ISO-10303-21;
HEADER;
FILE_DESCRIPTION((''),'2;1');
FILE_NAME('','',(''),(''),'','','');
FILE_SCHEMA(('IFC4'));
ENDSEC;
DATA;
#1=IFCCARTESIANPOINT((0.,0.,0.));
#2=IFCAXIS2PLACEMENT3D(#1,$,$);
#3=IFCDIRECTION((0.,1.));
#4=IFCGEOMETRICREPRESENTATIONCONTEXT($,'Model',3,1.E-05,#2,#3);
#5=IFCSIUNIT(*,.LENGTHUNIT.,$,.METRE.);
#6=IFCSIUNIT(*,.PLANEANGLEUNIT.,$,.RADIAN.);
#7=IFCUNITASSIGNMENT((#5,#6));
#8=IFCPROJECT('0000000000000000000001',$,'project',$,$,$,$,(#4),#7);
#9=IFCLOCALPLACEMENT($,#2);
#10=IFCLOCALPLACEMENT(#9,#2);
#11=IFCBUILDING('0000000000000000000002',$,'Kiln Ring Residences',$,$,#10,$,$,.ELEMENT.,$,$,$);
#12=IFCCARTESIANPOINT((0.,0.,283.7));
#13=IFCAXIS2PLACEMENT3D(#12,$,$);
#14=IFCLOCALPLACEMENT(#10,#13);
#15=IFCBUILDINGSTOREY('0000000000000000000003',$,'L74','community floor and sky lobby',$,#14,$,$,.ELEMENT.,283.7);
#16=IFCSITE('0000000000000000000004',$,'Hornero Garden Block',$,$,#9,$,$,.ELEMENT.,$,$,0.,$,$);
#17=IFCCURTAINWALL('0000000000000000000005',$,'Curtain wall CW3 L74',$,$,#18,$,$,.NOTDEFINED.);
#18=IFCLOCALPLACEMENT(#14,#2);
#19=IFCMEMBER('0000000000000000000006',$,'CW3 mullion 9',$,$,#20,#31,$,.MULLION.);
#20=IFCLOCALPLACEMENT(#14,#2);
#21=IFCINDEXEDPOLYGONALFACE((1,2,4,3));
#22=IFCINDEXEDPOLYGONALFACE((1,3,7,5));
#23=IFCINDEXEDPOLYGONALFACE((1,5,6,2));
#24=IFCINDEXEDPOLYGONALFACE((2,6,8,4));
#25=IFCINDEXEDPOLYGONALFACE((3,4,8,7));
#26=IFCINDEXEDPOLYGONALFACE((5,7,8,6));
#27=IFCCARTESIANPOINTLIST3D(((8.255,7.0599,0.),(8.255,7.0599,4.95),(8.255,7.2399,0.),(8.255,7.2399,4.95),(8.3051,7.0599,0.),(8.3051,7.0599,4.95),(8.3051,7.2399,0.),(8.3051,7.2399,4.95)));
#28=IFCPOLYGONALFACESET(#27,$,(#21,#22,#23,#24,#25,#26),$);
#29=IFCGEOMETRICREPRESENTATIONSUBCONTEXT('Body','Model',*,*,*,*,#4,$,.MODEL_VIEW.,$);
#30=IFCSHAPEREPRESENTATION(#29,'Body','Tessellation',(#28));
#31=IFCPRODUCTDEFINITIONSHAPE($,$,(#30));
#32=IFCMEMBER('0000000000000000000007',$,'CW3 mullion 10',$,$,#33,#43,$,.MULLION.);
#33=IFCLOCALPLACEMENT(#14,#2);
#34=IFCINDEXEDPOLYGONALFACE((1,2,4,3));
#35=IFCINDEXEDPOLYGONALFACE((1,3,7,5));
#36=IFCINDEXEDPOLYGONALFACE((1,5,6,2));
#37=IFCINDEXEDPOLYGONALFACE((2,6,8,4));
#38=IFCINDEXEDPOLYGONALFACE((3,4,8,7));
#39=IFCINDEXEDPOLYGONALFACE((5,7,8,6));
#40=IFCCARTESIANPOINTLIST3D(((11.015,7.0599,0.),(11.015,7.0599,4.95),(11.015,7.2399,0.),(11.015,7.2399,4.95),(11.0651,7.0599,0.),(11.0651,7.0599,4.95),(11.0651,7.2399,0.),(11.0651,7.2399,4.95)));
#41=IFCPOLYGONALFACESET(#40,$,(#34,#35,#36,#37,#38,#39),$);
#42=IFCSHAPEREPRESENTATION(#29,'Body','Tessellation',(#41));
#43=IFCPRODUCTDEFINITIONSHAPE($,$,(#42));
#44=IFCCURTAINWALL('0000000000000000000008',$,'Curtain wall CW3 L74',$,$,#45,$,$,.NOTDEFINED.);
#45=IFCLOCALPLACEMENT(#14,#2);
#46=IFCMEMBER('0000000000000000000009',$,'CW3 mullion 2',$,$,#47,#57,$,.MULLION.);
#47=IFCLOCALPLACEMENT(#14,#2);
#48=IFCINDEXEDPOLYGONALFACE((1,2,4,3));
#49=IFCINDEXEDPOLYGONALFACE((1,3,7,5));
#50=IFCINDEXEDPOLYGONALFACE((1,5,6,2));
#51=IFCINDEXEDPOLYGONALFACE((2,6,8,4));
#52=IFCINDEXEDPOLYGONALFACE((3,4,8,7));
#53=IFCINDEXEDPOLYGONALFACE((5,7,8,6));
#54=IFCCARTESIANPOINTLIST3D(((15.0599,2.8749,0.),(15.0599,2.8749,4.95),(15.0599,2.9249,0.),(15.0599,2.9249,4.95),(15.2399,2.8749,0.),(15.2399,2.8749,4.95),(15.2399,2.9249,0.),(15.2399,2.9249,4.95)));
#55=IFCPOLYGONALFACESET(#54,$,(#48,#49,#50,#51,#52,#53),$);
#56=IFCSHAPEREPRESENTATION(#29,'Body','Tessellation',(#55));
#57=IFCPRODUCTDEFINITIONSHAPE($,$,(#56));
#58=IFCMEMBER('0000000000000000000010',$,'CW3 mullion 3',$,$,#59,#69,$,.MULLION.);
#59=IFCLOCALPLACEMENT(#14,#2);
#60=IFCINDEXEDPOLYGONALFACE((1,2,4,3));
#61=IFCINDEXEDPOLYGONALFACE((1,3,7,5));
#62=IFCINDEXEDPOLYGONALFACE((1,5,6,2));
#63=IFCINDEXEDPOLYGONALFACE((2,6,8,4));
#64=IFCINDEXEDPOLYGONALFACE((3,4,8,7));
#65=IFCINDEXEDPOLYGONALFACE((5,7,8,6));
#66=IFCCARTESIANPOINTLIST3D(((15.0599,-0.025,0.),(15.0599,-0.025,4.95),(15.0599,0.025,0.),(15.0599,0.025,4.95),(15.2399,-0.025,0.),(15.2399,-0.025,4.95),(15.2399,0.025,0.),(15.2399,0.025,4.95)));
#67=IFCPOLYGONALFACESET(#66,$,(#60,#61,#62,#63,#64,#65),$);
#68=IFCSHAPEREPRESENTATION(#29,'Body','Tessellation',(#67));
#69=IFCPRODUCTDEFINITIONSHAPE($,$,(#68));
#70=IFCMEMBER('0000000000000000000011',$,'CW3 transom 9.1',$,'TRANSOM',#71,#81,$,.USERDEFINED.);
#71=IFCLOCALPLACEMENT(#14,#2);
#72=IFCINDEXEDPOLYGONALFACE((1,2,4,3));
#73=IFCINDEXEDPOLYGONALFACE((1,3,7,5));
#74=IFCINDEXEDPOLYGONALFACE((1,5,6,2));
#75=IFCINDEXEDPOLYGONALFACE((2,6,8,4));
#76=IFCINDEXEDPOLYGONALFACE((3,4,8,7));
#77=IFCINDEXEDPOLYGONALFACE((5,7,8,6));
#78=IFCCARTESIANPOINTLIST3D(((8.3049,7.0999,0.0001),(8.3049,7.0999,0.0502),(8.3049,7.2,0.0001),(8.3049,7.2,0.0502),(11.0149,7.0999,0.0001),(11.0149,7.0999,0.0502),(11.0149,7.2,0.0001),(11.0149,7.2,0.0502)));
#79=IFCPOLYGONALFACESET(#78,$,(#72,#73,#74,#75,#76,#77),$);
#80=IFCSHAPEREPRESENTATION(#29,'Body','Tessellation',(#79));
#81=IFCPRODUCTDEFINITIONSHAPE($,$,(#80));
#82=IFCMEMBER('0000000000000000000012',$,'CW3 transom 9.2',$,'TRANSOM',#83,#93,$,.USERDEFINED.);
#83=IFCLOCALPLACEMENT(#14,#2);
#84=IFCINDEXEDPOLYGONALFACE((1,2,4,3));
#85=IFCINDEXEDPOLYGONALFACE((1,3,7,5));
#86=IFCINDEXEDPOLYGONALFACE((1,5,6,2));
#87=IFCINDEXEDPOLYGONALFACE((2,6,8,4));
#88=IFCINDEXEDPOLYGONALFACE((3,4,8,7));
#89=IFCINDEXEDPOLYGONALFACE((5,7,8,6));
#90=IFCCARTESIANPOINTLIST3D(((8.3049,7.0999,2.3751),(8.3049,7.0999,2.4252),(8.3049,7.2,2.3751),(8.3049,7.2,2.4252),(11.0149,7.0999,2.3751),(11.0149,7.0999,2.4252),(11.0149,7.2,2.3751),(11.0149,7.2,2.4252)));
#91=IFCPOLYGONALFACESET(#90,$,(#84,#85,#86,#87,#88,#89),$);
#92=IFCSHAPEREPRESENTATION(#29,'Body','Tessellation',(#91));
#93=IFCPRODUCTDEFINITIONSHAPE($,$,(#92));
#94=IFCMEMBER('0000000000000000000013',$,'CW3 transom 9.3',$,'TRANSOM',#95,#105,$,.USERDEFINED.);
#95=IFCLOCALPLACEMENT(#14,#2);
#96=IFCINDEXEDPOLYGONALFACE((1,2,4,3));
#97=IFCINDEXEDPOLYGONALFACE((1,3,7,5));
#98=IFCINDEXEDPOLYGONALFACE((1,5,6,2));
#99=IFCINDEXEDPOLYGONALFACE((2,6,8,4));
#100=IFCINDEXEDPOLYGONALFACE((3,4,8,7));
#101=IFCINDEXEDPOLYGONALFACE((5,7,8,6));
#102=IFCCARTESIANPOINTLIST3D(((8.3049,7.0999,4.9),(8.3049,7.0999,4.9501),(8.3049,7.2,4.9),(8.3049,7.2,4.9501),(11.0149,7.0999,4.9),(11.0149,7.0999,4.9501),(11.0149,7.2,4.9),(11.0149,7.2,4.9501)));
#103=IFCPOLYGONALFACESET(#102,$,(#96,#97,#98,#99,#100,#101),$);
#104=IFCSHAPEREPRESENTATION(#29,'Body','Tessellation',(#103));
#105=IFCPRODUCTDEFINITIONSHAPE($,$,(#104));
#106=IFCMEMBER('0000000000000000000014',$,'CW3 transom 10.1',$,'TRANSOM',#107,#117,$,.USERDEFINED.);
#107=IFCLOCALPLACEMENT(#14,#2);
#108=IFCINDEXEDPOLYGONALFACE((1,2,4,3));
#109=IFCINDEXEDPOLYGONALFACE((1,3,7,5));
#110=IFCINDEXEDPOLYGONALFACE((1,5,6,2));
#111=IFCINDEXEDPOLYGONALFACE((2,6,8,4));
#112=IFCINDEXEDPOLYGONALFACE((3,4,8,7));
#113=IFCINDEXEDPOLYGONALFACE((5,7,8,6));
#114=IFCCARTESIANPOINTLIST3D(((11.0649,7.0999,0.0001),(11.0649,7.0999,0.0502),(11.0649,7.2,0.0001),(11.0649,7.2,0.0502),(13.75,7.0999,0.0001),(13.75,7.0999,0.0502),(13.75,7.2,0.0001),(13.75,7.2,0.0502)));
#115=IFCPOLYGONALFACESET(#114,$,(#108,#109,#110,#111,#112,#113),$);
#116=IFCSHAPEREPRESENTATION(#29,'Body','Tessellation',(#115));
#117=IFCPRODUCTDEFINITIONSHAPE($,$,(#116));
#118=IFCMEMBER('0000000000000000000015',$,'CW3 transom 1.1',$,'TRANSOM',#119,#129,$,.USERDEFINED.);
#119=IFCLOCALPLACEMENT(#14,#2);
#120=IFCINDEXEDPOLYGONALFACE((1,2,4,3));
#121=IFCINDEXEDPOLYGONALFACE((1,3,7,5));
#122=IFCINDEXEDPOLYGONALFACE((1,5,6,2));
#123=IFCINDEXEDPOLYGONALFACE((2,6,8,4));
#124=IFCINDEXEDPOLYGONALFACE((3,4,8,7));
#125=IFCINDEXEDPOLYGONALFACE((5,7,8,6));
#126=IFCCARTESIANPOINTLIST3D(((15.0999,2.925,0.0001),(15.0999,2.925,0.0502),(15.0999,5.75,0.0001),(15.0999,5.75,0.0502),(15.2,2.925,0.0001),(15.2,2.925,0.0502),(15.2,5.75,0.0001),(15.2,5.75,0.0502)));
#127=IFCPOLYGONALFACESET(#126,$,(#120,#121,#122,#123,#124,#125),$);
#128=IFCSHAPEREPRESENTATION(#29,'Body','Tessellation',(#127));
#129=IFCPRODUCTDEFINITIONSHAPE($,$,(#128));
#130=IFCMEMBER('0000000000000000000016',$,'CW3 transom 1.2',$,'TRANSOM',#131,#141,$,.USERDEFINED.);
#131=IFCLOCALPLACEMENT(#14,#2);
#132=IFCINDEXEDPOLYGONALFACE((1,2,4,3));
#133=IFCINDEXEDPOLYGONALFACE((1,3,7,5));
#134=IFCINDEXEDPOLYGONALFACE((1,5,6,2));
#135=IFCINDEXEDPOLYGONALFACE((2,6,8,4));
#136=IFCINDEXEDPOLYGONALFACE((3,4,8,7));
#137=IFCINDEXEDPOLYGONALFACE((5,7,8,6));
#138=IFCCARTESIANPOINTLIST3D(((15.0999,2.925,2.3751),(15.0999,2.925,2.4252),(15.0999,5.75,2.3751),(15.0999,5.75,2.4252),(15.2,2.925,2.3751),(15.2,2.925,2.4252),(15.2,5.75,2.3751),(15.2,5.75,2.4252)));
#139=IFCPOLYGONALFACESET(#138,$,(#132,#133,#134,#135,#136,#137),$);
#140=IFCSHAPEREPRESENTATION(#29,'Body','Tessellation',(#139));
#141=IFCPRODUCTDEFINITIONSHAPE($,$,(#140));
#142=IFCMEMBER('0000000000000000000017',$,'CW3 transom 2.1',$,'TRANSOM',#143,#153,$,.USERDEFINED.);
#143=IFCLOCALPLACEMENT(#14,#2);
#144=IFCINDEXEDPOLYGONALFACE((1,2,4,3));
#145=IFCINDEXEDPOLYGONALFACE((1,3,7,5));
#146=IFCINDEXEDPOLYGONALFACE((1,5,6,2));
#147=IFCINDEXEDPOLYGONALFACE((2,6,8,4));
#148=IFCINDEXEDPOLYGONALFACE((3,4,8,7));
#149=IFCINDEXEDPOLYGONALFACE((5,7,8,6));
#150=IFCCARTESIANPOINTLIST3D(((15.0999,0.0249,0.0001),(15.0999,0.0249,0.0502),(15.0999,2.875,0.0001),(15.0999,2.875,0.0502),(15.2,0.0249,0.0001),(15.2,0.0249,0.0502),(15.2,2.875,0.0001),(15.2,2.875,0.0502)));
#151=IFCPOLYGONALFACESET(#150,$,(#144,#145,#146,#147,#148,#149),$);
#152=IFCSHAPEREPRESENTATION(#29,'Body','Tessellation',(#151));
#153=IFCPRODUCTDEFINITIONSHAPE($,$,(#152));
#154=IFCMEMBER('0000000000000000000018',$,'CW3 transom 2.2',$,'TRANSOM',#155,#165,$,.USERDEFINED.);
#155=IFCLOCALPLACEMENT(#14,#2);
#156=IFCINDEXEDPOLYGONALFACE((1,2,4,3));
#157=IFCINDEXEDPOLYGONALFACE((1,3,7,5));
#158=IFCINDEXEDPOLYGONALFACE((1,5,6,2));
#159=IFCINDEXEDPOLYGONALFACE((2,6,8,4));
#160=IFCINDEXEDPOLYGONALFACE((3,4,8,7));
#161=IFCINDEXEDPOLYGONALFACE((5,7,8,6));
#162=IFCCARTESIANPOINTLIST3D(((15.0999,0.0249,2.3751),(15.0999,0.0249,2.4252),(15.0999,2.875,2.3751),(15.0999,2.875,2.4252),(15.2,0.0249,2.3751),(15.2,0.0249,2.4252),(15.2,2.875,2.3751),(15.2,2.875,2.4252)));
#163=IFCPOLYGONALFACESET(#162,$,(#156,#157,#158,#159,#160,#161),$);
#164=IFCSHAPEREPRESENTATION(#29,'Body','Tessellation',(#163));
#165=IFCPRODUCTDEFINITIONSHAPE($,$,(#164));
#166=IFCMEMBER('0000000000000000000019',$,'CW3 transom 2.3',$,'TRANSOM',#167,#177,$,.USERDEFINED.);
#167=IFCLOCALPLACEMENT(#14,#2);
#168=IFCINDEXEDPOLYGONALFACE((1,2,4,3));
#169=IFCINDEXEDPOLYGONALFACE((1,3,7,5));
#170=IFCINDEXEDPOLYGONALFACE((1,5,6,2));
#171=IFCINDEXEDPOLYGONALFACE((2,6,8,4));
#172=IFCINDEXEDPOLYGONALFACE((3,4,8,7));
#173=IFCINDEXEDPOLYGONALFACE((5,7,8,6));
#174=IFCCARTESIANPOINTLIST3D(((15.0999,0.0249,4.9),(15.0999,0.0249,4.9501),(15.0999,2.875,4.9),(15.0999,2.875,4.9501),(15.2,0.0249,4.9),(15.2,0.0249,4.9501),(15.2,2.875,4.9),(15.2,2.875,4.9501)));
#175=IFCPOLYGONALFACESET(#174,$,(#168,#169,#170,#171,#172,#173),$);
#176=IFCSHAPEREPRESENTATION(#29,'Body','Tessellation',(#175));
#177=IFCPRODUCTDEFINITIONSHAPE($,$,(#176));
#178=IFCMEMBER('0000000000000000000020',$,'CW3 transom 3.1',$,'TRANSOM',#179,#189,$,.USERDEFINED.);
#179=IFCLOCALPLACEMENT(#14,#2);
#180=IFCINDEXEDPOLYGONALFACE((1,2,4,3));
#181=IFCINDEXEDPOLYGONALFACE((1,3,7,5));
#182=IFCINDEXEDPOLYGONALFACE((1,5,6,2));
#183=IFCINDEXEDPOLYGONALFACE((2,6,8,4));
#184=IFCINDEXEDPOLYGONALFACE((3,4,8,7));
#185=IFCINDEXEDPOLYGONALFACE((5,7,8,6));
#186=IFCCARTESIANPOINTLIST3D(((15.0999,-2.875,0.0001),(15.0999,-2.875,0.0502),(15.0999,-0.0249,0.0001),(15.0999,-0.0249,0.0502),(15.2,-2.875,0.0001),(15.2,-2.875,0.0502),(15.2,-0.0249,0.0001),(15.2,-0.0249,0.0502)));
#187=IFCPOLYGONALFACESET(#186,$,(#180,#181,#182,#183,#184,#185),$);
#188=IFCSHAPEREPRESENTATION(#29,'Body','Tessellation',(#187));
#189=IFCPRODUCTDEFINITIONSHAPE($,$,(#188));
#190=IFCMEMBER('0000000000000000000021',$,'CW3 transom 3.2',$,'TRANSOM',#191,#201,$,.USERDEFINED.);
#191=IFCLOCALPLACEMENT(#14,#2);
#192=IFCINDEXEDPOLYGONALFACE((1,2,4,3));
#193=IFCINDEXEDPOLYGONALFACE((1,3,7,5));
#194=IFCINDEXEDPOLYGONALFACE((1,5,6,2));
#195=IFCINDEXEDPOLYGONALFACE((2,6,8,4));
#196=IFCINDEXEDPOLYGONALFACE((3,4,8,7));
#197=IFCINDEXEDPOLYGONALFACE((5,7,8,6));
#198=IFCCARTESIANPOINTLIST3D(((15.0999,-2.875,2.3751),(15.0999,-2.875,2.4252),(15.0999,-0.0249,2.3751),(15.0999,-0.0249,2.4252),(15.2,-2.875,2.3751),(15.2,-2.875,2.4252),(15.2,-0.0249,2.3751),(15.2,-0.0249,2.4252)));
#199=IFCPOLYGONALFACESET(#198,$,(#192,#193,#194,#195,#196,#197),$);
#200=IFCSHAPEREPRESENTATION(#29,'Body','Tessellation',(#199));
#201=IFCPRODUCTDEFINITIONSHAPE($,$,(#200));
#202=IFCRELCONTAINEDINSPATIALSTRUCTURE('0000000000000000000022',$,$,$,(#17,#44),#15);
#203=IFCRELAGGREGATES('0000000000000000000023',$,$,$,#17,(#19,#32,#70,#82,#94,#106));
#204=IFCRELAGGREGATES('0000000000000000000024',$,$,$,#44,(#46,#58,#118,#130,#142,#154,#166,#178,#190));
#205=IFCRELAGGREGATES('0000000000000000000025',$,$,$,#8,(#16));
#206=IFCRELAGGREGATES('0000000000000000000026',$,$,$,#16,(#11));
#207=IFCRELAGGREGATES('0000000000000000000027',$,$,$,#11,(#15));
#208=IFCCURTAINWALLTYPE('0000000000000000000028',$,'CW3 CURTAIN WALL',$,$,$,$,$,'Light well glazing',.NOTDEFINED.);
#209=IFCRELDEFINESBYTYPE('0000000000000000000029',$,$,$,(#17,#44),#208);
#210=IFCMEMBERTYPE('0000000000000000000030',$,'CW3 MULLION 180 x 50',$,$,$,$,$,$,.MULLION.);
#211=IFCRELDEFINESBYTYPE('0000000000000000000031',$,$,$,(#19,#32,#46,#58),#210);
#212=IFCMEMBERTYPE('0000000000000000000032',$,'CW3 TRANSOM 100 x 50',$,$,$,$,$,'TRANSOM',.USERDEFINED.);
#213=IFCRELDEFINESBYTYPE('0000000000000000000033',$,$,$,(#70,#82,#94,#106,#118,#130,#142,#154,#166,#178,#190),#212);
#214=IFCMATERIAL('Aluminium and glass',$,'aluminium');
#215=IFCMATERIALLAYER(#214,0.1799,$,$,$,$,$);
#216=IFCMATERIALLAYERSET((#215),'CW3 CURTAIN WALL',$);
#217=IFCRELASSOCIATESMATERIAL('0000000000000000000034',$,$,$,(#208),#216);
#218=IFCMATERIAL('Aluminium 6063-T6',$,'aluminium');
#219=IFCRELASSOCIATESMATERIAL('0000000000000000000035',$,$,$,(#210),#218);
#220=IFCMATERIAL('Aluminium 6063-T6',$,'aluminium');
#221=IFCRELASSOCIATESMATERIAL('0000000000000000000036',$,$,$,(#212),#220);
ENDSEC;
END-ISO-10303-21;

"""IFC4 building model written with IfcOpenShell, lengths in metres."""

from ifc_helpers import new_model, si_unit, direction, frame, origin, origin_2d, place, context, subcontext, project, spatial, rectangle, extrude, material, layer, layer_set, material_profile, profile_set, type_object, element, aggregate, save


model = new_model("IFC4")

# Units and contexts
model_context = context("Model", 3, precision=1e-05, world=origin(), true_north=direction((0.0, 1.0)))
body_context = subcontext(model_context, "Body", "Model", "MODEL_VIEW")
ifc_project = project(units=[si_unit("LENGTHUNIT", "METRE"), si_unit("PLANEANGLEUNIT", "RADIAN")], contexts=[model_context])

# Site, building, storey
site_placement = place(None, origin())
site = spatial("IfcSite", under=ifc_project, at=site_placement, Name="Hornero Garden Block", CompositionType="ELEMENT", RefElevation=0.0)
building_placement = place(site_placement, origin())
building = spatial("IfcBuilding", under=site, at=building_placement, Name="Kiln Ring Residences", CompositionType="ELEMENT")
storey_placement = place(building_placement, frame((0.0, 0.0, 283.7)))
storey = spatial("IfcBuildingStorey", under=building, at=storey_placement, Name="L74", Description="community floor and sky lobby", CompositionType="ELEMENT", Elevation=283.7)

# Curtain walls, members
ifc_material_1 = material(Name="Aluminium and glass", Category="aluminium")
ifc_layer_1 = layer(ifc_material_1, 0.1799)
ifc_layer_set_1 = layer_set([ifc_layer_1], Name="CW3 CURTAIN WALL")
curtain_wall_type = type_object("IfcCurtainWallType", Name="CW3 CURTAIN WALL", ElementType="Light well glazing", PredefinedType="NOTDEFINED", material=ifc_layer_set_1)
placement = place(storey_placement, origin())
curtain_wall_1 = element("IfcCurtainWall", 1, at=placement, inside=storey, type_object=curtain_wall_type, Name="Curtain wall CW3 L74", PredefinedType="NOTDEFINED")
ifc_material_2 = material(Name="Aluminium 6063-T6", Category="aluminium")
ifc_material_profile_1 = material_profile(ifc_material_2, rectangle(XDim=0.1799, YDim=0.05, at=origin_2d()), Name="AL 180x50")
ifc_profile_set_1 = profile_set([ifc_material_profile_1], Name="Aluminium 6063-T6")
member_type_1 = type_object("IfcMemberType", Name="CW3 MULLION 180 x 50", PredefinedType="MULLION", material=ifc_profile_set_1)
member_1_placement = place(storey_placement, frame((8.28, 7.1499, 0.0), z_axis=(0.0, 0.0, 1.0), x_axis=(0.0, 1.0, 0.0)))
member_1 = element("IfcMember", 2, at=member_1_placement, type_object=member_type_1, Name="CW3 mullion 9", PredefinedType="MULLION", context=body_context, shape_type="SweptSolid", body=[
    extrude(rectangle(XDim=0.1799, YDim=0.05, at=origin_2d()), origin(), (0.0, 0.0, 1.0), 4.95),
])
member_2_placement = place(storey_placement, frame((11.04, 7.1499, 0.0), z_axis=(0.0, 0.0, 1.0), x_axis=(0.0, 1.0, 0.0)))
member_2 = element("IfcMember", 3, at=member_2_placement, type_object=member_type_1, Name="CW3 mullion 10", PredefinedType="MULLION", context=body_context, shape_type="SweptSolid", body=[
    extrude(rectangle(XDim=0.1799, YDim=0.05, at=origin_2d()), origin(), (0.0, 0.0, 1.0), 4.95),
])
curtain_wall_2 = element("IfcCurtainWall", 4, at=placement, inside=storey, type_object=curtain_wall_type, Name="Curtain wall CW3 L74", PredefinedType="NOTDEFINED")
member_3_placement = place(storey_placement, frame((15.1499, 2.8999, 0.0), z_axis=(0.0, 0.0, 1.0), x_axis=(1.0, 0.0, 0.0)))
member_3 = element("IfcMember", 5, at=member_3_placement, type_object=member_type_1, Name="CW3 mullion 2", PredefinedType="MULLION", context=body_context, shape_type="SweptSolid", body=[
    extrude(rectangle(XDim=0.1799, YDim=0.05, at=origin_2d()), origin(), (0.0, 0.0, 1.0), 4.95),
])
member_4_placement = place(storey_placement, frame((15.1499, 0.0, 0.0), z_axis=(0.0, 0.0, 1.0), x_axis=(1.0, 0.0, 0.0)))
member_4 = element("IfcMember", 6, at=member_4_placement, type_object=member_type_1, Name="CW3 mullion 3", PredefinedType="MULLION", context=body_context, shape_type="SweptSolid", body=[
    extrude(rectangle(XDim=0.1799, YDim=0.05, at=origin_2d()), origin(), (0.0, 0.0, 1.0), 4.95),
])

# Members
ifc_material_3 = material(Name="Aluminium 6063-T6", Category="aluminium")
ifc_material_profile_2 = material_profile(ifc_material_3, rectangle(XDim=0.1001, YDim=0.05, at=origin_2d()), Name="AL 100x50")
ifc_profile_set_2 = profile_set([ifc_material_profile_2], Name="Aluminium 6063-T6")
member_type_2 = type_object("IfcMemberType", Name="CW3 TRANSOM 100 x 50", ElementType="TRANSOM", PredefinedType="USERDEFINED", material=ifc_profile_set_2)
member_5_placement = place(storey_placement, frame((8.3049, 7.1499, 0.0251), z_axis=(1.0, 0.0, 0.0), x_axis=(0.0, 1.0, 0.0)))
member_5 = element("IfcMember", 7, at=member_5_placement, type_object=member_type_2, Name="CW3 transom 9.1", ObjectType="TRANSOM", PredefinedType="USERDEFINED", context=body_context, shape_type="SweptSolid", body=[
    extrude(rectangle(XDim=0.1001, YDim=0.05, at=origin_2d()), origin(), (0.0, 0.0, 1.0), 2.71),
])
member_6_placement = place(storey_placement, frame((8.3049, 7.1499, 2.4001), z_axis=(1.0, 0.0, 0.0), x_axis=(0.0, 1.0, 0.0)))
member_6 = element("IfcMember", 8, at=member_6_placement, type_object=member_type_2, Name="CW3 transom 9.2", ObjectType="TRANSOM", PredefinedType="USERDEFINED", context=body_context, shape_type="SweptSolid", body=[
    extrude(rectangle(XDim=0.1001, YDim=0.05, at=origin_2d()), origin(), (0.0, 0.0, 1.0), 2.71),
])
member_7_placement = place(storey_placement, frame((8.3049, 7.1499, 4.925), z_axis=(1.0, 0.0, 0.0), x_axis=(0.0, 1.0, 0.0)))
member_7 = element("IfcMember", 9, at=member_7_placement, type_object=member_type_2, Name="CW3 transom 9.3", ObjectType="TRANSOM", PredefinedType="USERDEFINED", context=body_context, shape_type="SweptSolid", body=[
    extrude(rectangle(XDim=0.1001, YDim=0.05, at=origin_2d()), origin(), (0.0, 0.0, 1.0), 2.71),
])
member_8_placement = place(storey_placement, frame((11.0649, 7.1499, 0.0251), z_axis=(1.0, 0.0, 0.0), x_axis=(0.0, 1.0, 0.0)))
member_8 = element("IfcMember", 10, at=member_8_placement, type_object=member_type_2, Name="CW3 transom 10.1", ObjectType="TRANSOM", PredefinedType="USERDEFINED", context=body_context, shape_type="SweptSolid", body=[
    extrude(rectangle(XDim=0.1001, YDim=0.05, at=origin_2d()), origin(), (0.0, 0.0, 1.0), 2.6851),
])
member_9_placement = place(storey_placement, frame((15.1499, 5.75, 0.0251), z_axis=(0.0, -1.0, 0.0), x_axis=(1.0, 0.0, 0.0)))
member_9 = element("IfcMember", 11, at=member_9_placement, type_object=member_type_2, Name="CW3 transom 1.1", ObjectType="TRANSOM", PredefinedType="USERDEFINED", context=body_context, shape_type="SweptSolid", body=[
    extrude(rectangle(XDim=0.1001, YDim=0.05, at=origin_2d()), origin(), (0.0, 0.0, 1.0), 2.825),
])
member_10_placement = place(storey_placement, frame((15.1499, 5.75, 2.4001), z_axis=(0.0, -1.0, 0.0), x_axis=(1.0, 0.0, 0.0)))
member_10 = element("IfcMember", 12, at=member_10_placement, type_object=member_type_2, Name="CW3 transom 1.2", ObjectType="TRANSOM", PredefinedType="USERDEFINED", context=body_context, shape_type="SweptSolid", body=[
    extrude(rectangle(XDim=0.1001, YDim=0.05, at=origin_2d()), origin(), (0.0, 0.0, 1.0), 2.825),
])
member_11_placement = place(storey_placement, frame((15.1499, 2.875, 0.0251), z_axis=(0.0, -1.0, 0.0), x_axis=(1.0, 0.0, 0.0)))
member_11 = element("IfcMember", 13, at=member_11_placement, type_object=member_type_2, Name="CW3 transom 2.1", ObjectType="TRANSOM", PredefinedType="USERDEFINED", context=body_context, shape_type="SweptSolid", body=[
    extrude(rectangle(XDim=0.1001, YDim=0.05, at=origin_2d()), origin(), (0.0, 0.0, 1.0), 2.8501),
])
member_12_placement = place(storey_placement, frame((15.1499, 2.875, 2.4001), z_axis=(0.0, -1.0, 0.0), x_axis=(1.0, 0.0, 0.0)))
member_12 = element("IfcMember", 14, at=member_12_placement, type_object=member_type_2, Name="CW3 transom 2.2", ObjectType="TRANSOM", PredefinedType="USERDEFINED", context=body_context, shape_type="SweptSolid", body=[
    extrude(rectangle(XDim=0.1001, YDim=0.05, at=origin_2d()), origin(), (0.0, 0.0, 1.0), 2.8501),
])
member_13_placement = place(storey_placement, frame((15.1499, 2.875, 4.925), z_axis=(0.0, -1.0, 0.0), x_axis=(1.0, 0.0, 0.0)))
member_13 = element("IfcMember", 15, at=member_13_placement, type_object=member_type_2, Name="CW3 transom 2.3", ObjectType="TRANSOM", PredefinedType="USERDEFINED", context=body_context, shape_type="SweptSolid", body=[
    extrude(rectangle(XDim=0.1001, YDim=0.05, at=origin_2d()), origin(), (0.0, 0.0, 1.0), 2.8501),
])
member_14_placement = place(storey_placement, frame((15.1499, -0.0249, 0.0251), z_axis=(0.0, -1.0, 0.0), x_axis=(1.0, 0.0, 0.0)))
member_14 = element("IfcMember", 16, at=member_14_placement, type_object=member_type_2, Name="CW3 transom 3.1", ObjectType="TRANSOM", PredefinedType="USERDEFINED", context=body_context, shape_type="SweptSolid", body=[
    extrude(rectangle(XDim=0.1001, YDim=0.05, at=origin_2d()), origin(), (0.0, 0.0, 1.0), 2.8501),
])
member_15_placement = place(storey_placement, frame((15.1499, -0.0249, 2.4001), z_axis=(0.0, -1.0, 0.0), x_axis=(1.0, 0.0, 0.0)))
member_15 = element("IfcMember", 17, at=member_15_placement, type_object=member_type_2, Name="CW3 transom 3.2", ObjectType="TRANSOM", PredefinedType="USERDEFINED", context=body_context, shape_type="SweptSolid", body=[
    extrude(rectangle(XDim=0.1001, YDim=0.05, at=origin_2d()), origin(), (0.0, 0.0, 1.0), 2.8501),
])

aggregate(curtain_wall_1, [member_1, member_2, member_5, member_6, member_7, member_8])
aggregate(curtain_wall_2, [member_3, member_4, member_9, member_10, member_11, member_12, member_13, member_14, member_15])

save(model, "model.ifc")
